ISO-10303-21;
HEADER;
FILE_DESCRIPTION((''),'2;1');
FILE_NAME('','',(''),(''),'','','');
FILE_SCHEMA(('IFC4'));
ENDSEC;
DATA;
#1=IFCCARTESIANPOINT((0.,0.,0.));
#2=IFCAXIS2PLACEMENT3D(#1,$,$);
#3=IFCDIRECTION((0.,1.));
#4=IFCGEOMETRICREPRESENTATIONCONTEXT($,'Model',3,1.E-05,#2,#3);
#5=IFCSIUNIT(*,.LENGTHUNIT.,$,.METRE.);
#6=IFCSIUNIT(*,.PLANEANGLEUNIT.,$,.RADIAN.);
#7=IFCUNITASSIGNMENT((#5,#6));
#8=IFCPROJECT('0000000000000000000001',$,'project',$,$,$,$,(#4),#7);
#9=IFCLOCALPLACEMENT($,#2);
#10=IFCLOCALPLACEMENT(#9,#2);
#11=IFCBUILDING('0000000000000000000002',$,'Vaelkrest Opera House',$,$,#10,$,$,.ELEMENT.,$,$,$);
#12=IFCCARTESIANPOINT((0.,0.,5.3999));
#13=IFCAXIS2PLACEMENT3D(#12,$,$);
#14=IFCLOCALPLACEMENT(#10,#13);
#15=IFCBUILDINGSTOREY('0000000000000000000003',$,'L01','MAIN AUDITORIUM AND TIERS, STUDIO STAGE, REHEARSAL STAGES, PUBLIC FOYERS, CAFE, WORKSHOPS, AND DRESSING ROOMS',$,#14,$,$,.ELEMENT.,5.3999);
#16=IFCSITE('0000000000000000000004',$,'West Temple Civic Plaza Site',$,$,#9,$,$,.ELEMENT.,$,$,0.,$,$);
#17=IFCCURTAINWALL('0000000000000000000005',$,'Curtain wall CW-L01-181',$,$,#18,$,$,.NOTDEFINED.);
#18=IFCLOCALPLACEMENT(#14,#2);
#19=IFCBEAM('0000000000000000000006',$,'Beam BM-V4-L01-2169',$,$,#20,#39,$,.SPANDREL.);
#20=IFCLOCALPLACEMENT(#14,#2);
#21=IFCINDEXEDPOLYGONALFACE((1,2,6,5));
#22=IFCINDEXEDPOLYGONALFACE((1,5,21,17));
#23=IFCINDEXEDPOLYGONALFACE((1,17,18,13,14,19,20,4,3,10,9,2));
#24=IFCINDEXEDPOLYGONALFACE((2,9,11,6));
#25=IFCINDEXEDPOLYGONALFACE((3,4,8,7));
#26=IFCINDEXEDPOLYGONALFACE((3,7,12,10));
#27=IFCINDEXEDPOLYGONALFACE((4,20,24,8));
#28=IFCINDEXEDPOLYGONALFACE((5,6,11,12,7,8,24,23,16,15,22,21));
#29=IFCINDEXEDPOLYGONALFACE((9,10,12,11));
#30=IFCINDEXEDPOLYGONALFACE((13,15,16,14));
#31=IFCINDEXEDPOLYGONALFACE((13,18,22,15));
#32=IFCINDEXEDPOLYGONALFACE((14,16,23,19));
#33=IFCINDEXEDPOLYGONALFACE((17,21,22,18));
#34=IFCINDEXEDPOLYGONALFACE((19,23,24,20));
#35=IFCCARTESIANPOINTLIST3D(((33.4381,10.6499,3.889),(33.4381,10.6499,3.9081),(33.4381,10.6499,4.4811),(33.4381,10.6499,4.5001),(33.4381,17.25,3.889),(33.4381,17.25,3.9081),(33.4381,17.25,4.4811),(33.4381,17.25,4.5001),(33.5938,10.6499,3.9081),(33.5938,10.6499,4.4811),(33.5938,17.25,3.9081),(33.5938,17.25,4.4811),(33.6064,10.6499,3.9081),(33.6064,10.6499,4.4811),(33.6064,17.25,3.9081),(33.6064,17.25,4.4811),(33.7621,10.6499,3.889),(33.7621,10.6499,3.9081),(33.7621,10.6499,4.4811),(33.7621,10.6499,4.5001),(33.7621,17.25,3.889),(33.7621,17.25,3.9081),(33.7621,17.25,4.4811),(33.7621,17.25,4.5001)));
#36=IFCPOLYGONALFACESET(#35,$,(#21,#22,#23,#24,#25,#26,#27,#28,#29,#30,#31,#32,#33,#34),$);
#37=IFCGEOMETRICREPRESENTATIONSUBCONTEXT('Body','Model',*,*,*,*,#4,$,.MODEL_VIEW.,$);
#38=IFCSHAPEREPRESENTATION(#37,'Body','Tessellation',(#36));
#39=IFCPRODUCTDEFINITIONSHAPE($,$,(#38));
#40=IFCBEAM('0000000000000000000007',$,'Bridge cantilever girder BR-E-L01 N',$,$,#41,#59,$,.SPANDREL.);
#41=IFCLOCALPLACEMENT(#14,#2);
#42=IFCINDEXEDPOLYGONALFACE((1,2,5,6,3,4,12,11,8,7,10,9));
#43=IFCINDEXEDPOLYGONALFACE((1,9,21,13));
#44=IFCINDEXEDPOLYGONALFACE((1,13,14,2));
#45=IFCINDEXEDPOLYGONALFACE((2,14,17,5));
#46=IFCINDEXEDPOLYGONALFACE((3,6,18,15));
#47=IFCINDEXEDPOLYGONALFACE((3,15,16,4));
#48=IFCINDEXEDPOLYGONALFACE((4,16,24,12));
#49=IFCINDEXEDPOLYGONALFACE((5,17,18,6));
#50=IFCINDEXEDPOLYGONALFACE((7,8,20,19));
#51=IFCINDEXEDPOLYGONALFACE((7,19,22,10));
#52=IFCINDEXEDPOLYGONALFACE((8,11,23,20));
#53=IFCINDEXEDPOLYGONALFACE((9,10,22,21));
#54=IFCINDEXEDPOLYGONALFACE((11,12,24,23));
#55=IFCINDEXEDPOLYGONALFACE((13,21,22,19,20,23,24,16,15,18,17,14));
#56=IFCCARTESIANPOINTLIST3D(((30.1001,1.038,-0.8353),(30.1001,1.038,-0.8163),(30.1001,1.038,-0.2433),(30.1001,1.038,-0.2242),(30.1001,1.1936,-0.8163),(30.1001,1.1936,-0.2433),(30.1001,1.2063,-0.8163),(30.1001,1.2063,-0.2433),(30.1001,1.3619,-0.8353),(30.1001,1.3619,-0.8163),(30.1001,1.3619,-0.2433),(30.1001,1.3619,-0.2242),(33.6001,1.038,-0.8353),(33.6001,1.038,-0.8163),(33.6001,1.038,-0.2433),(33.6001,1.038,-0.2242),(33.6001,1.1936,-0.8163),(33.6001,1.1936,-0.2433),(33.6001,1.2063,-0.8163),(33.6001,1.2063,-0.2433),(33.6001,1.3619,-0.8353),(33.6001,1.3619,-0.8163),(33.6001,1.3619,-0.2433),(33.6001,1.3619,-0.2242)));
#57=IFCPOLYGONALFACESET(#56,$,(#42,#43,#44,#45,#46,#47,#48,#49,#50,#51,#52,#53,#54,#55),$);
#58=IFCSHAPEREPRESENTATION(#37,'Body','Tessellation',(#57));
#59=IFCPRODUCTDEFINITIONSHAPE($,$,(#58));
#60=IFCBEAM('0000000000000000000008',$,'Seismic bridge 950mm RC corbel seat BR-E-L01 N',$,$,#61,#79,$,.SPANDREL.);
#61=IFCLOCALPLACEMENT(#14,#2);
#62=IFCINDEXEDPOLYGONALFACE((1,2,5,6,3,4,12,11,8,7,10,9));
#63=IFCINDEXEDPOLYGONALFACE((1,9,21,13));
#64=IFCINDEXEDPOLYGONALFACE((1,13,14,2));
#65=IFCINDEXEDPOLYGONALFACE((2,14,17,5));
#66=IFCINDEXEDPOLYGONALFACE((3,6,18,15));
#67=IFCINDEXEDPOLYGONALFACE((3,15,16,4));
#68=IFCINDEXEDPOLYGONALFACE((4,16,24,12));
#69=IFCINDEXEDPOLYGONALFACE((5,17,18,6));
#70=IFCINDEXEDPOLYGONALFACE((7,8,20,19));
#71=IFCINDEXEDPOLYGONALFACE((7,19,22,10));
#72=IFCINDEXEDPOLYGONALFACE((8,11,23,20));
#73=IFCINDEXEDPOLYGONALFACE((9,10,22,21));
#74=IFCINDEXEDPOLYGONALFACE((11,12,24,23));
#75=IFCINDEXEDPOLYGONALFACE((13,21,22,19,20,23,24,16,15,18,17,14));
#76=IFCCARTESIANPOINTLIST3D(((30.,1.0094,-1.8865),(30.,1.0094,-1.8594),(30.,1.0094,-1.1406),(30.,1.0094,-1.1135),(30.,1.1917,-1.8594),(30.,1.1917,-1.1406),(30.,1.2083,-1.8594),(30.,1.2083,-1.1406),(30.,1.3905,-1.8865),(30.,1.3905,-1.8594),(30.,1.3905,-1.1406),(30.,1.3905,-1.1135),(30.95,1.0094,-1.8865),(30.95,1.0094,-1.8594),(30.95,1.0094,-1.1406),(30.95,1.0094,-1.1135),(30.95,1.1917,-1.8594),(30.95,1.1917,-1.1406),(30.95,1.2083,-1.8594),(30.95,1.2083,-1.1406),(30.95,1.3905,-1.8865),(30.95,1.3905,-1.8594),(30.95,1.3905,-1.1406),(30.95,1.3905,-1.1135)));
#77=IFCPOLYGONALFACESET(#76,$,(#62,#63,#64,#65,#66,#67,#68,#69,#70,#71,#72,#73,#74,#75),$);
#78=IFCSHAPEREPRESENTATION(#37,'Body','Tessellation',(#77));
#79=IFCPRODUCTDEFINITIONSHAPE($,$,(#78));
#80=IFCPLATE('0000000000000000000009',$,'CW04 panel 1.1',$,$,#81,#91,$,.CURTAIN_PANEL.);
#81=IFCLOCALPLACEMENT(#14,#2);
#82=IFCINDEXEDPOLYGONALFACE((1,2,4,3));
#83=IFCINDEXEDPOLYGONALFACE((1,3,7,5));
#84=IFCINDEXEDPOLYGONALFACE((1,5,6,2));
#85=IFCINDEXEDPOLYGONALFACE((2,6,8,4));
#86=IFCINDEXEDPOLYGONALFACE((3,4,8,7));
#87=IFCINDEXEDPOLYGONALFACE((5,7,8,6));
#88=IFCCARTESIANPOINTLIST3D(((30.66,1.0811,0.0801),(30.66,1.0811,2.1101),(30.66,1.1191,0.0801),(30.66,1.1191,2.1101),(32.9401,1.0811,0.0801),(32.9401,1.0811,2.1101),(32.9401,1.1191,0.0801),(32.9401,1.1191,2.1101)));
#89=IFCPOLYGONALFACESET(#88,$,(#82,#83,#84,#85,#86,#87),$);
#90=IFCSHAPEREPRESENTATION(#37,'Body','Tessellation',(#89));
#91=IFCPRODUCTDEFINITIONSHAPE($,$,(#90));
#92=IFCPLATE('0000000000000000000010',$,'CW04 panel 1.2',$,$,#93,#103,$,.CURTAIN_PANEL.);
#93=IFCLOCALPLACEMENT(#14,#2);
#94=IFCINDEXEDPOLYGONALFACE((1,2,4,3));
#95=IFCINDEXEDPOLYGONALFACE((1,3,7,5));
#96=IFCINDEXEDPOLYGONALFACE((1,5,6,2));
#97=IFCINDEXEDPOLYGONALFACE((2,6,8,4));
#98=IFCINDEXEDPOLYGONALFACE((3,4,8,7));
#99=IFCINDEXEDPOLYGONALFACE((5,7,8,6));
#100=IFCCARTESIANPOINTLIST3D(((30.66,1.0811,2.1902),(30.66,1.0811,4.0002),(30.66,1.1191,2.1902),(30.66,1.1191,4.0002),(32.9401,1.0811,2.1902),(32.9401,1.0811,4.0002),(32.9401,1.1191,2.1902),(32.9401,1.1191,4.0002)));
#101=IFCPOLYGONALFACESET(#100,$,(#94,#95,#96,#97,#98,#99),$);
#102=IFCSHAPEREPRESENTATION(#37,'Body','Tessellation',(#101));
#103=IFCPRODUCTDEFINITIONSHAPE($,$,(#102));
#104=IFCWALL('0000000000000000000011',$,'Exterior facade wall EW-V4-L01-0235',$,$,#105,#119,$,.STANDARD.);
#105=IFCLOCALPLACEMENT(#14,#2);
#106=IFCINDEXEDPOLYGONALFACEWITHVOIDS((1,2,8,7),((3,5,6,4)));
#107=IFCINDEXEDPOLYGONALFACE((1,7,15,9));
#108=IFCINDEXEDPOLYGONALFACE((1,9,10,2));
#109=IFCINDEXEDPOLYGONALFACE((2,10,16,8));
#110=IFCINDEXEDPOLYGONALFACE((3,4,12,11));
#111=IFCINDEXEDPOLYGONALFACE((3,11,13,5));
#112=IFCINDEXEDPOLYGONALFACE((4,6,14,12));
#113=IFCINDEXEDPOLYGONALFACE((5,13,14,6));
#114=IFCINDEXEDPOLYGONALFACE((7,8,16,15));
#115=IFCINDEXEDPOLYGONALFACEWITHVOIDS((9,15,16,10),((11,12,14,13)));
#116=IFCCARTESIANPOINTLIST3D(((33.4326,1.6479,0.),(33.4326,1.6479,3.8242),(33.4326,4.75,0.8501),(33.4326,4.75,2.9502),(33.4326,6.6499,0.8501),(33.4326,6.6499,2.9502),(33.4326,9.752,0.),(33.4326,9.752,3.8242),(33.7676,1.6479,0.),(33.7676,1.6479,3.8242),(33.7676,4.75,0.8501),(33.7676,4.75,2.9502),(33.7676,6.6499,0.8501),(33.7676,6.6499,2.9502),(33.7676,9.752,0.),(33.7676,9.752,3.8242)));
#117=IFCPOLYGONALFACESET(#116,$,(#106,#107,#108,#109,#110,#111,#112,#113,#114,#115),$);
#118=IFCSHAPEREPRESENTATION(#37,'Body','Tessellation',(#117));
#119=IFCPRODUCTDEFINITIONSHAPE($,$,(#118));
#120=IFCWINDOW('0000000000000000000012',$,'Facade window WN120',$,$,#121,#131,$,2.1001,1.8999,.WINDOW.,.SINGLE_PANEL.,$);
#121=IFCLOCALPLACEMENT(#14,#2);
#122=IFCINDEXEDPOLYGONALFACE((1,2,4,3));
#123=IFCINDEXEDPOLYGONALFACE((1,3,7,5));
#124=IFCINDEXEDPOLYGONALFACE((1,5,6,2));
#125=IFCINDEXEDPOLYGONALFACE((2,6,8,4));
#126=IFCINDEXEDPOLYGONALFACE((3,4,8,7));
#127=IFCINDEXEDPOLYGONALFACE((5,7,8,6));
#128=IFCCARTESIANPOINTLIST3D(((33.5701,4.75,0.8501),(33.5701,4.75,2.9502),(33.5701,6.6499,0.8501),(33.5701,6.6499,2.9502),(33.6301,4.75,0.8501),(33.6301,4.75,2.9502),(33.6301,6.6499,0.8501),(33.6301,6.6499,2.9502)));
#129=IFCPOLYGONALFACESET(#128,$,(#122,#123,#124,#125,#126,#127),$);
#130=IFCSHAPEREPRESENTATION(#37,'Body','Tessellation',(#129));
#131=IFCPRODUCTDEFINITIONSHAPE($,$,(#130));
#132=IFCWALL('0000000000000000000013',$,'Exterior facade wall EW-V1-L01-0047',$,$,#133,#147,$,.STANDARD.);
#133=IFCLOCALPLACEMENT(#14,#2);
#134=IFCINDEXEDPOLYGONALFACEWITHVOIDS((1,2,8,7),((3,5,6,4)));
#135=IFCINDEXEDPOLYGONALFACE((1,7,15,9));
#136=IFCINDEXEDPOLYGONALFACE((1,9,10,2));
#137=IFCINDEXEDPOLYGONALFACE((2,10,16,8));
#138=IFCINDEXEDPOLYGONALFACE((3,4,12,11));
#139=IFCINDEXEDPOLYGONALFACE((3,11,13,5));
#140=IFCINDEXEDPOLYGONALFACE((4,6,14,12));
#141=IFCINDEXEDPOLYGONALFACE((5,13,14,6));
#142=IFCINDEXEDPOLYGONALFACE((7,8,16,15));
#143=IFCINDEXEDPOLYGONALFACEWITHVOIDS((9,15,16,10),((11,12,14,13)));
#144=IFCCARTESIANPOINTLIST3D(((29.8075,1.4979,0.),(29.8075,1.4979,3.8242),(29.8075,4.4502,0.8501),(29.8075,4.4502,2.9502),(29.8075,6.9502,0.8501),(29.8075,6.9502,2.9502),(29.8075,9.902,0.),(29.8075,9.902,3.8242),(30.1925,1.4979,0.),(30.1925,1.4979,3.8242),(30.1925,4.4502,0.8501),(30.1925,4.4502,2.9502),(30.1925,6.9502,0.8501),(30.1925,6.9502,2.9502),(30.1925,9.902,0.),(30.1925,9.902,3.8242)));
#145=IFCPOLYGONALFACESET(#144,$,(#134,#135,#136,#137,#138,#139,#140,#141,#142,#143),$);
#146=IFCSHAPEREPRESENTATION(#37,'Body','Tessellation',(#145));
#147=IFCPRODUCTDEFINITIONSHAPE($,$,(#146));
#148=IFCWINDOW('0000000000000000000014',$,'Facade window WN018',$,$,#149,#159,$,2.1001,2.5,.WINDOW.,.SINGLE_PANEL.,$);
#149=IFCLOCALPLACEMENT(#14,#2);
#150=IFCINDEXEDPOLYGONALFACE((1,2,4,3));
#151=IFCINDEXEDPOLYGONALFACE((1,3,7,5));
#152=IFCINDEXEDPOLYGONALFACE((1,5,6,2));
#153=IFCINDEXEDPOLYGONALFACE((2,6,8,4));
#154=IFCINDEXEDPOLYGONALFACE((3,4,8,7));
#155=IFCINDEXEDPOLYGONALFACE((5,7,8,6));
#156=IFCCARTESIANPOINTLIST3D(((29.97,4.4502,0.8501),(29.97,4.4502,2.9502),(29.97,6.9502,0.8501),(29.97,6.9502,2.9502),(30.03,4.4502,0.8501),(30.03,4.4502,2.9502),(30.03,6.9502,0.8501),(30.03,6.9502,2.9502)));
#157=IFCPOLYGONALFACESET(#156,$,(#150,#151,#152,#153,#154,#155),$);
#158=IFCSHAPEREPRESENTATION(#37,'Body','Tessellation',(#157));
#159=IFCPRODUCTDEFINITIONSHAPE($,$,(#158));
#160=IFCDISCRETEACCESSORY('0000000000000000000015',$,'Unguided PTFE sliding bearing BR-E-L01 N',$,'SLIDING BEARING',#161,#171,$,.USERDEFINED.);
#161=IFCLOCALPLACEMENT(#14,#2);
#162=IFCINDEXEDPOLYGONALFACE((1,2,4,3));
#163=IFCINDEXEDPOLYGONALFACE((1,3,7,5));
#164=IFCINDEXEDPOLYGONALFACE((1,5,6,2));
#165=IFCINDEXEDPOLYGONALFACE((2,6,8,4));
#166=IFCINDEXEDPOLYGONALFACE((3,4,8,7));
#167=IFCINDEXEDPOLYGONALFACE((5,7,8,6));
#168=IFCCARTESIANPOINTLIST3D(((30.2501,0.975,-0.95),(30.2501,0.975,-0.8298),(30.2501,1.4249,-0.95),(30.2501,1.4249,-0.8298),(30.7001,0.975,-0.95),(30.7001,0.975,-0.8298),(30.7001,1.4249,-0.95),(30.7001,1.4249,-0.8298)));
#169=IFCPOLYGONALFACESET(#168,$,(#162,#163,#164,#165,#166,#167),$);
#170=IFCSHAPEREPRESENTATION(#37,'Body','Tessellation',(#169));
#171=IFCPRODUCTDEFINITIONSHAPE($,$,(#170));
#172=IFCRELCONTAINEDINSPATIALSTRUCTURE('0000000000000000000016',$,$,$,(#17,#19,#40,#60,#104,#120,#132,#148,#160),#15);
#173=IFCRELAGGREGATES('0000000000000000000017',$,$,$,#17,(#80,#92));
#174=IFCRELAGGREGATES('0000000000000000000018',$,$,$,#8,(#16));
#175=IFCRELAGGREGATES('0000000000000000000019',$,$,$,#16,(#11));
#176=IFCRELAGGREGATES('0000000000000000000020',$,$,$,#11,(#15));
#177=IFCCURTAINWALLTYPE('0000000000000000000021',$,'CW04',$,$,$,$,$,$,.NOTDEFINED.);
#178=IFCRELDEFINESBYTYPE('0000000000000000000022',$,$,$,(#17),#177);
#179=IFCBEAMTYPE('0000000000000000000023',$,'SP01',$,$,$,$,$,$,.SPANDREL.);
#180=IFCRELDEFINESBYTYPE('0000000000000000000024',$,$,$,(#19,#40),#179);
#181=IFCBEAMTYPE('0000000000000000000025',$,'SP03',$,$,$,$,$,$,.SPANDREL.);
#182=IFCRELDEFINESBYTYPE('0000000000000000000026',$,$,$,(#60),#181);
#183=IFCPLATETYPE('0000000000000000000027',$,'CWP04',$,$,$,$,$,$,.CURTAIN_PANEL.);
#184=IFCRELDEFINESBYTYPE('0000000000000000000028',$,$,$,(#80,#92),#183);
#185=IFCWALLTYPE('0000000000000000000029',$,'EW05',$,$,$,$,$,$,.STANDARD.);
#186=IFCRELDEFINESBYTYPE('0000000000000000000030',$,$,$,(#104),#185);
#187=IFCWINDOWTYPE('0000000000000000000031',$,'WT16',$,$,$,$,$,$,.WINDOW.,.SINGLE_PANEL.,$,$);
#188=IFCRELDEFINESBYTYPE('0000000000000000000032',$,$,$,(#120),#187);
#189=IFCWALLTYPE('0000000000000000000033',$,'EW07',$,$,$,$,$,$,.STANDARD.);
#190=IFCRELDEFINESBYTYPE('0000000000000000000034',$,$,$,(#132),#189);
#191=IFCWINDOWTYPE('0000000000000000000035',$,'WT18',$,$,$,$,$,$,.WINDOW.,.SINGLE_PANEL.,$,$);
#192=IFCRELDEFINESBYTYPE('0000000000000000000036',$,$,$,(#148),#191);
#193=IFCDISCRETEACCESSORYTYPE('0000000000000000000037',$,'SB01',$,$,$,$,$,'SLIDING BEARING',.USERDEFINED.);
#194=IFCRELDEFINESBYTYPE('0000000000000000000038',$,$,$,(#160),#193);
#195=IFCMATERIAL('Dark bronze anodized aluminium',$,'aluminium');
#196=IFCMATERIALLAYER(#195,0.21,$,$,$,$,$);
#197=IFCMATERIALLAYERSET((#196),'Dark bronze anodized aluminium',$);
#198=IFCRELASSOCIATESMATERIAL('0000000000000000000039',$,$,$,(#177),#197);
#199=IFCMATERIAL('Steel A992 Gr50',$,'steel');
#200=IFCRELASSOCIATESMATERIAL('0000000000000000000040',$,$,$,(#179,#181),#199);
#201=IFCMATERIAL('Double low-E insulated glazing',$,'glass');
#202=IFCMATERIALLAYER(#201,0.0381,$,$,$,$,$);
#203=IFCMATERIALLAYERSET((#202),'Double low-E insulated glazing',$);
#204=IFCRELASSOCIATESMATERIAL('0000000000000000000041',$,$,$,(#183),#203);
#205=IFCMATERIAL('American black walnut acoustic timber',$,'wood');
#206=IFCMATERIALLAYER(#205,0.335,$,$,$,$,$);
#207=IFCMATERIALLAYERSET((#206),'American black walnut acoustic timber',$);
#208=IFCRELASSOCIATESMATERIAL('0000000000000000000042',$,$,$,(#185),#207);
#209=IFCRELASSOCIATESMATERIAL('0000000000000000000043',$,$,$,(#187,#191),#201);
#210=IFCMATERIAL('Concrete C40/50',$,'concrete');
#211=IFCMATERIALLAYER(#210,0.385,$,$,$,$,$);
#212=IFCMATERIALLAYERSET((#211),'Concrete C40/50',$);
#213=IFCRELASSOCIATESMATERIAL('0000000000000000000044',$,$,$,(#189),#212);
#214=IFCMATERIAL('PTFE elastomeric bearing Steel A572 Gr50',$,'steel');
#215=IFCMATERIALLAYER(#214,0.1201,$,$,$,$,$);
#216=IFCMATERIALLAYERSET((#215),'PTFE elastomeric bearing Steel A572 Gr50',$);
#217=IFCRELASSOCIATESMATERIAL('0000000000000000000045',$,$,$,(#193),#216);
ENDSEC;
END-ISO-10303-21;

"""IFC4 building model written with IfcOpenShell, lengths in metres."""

from ifc_helpers import new_model, si_unit, direction, frame, frame_2d, origin, origin_2d, place, context, subcontext, project, spatial, rectangle, i_section, extrude, material, layer, layer_set, material_profile, profile_set, type_object, element, fill, aggregate, save


model = new_model("IFC4")

# Units and contexts
model_context = context("Model", 3, precision=1e-05, world=origin(), true_north=direction((0.0, 1.0)))
body_context = subcontext(model_context, "Body", "Model", "MODEL_VIEW")
ifc_project = project(units=[si_unit("LENGTHUNIT", "METRE"), si_unit("PLANEANGLEUNIT", "RADIAN")], contexts=[model_context])

# Site, building, storey
site_placement = place(None, origin())
site = spatial("IfcSite", under=ifc_project, at=site_placement, Name="West Temple Civic Plaza Site", CompositionType="ELEMENT", RefElevation=0.0)
building_placement = place(site_placement, origin())
building = spatial("IfcBuilding", under=site, at=building_placement, Name="Vaelkrest Opera House", CompositionType="ELEMENT")
storey_placement = place(building_placement, frame((0.0, 0.0, 5.3999)))
storey = spatial("IfcBuildingStorey", under=building, at=storey_placement, Name="L01", Description="MAIN AUDITORIUM AND TIERS, STUDIO STAGE, REHEARSAL STAGES, PUBLIC FOYERS, CAFE, WORKSHOPS, AND DRESSING ROOMS", CompositionType="ELEMENT", Elevation=5.3999)

# Shared definitions
ifc_material_1 = material(Name="Steel A992 Gr50", Category="steel")

# Shared definitions
ifc_material_2 = material(Name="Dark bronze anodized aluminium", Category="aluminium")

# Curtain wall
ifc_layer_1 = layer(ifc_material_2, 0.21)
ifc_layer_set_1 = layer_set([ifc_layer_1], Name="Dark bronze anodized aluminium")
curtain_wall_type_1 = type_object("IfcCurtainWallType", Name="CW04", PredefinedType="NOTDEFINED", material=ifc_layer_set_1)
curtain_wall_1_placement = place(storey_placement, origin())
curtain_wall_1 = element("IfcCurtainWall", 1, at=curtain_wall_1_placement, inside=storey, type_object=curtain_wall_type_1, Name="Curtain wall CW-L01-181", PredefinedType="NOTDEFINED")

# Beams
ifc_material_profile_1 = material_profile(ifc_material_1, i_section(OverallWidth=0.324, OverallDepth=0.6111, WebThickness=0.0127, FlangeThickness=0.019, at=origin_2d()), Name="W24X104")
ifc_profile_set_1 = profile_set([ifc_material_profile_1], Name="Steel A992 Gr50")
beam_type_1 = type_object("IfcBeamType", Name="SP01", PredefinedType="SPANDREL", material=ifc_profile_set_1)
beam_1_placement = place(storey_placement, frame((33.6001, 10.6499, 4.1946), z_axis=(0.0, 1.0, 0.0), x_axis=(-1.0, 0.0, 0.0)))
element("IfcBeam", 2, at=beam_1_placement, inside=storey, type_object=beam_type_1, Name="Beam BM-V4-L01-2169", PredefinedType="SPANDREL", context=body_context, shape_type="SweptSolid", body=[
    extrude(i_section(OverallWidth=0.324, OverallDepth=0.6111, WebThickness=0.0127, FlangeThickness=0.019, at=origin_2d()), origin(), (0.0, 0.0, 1.0), 6.6001),
])
beam_2_placement = place(storey_placement, frame((30.1001, 1.2, -0.5298), z_axis=(1.0, 0.0, 0.0), x_axis=(0.0, 1.0, 0.0)))
element("IfcBeam", 3, at=beam_2_placement, inside=storey, type_object=beam_type_1, Name="Bridge cantilever girder BR-E-L01 N", PredefinedType="SPANDREL", context=body_context, shape_type="SweptSolid", body=[
    extrude(i_section(OverallWidth=0.324, OverallDepth=0.6111, WebThickness=0.0127, FlangeThickness=0.019, at=origin_2d()), origin(), (0.0, 0.0, 1.0), 3.5),
])
ifc_material_profile_2 = material_profile(ifc_material_1, i_section(OverallWidth=0.3811, OverallDepth=0.7729, WebThickness=0.0166, FlangeThickness=0.0271, at=origin_2d()), Name="W30X173")
ifc_profile_set_2 = profile_set([ifc_material_profile_2], Name="Steel A992 Gr50")
beam_type_2 = type_object("IfcBeamType", Name="SP03", PredefinedType="SPANDREL", material=ifc_profile_set_2)
beam_3_placement = place(storey_placement, frame((30.0, 1.2, -1.5), z_axis=(1.0, 0.0, 0.0), x_axis=(0.0, 1.0, 0.0)))
element("IfcBeam", 4, at=beam_3_placement, inside=storey, type_object=beam_type_2, Name="Seismic bridge 950mm RC corbel seat BR-E-L01 N", PredefinedType="SPANDREL", context=body_context, shape_type="SweptSolid", body=[
    extrude(i_section(OverallWidth=0.3811, OverallDepth=0.7729, WebThickness=0.0166, FlangeThickness=0.0271, at=origin_2d()), origin(), (0.0, 0.0, 1.0), 0.95),
])

# Plates
ifc_material_3 = material(Name="Double low-E insulated glazing", Category="glass")
ifc_layer_2 = layer(ifc_material_3, 0.0381)
ifc_layer_set_2 = layer_set([ifc_layer_2], Name="Double low-E insulated glazing")
plate_type = type_object("IfcPlateType", Name="CWP04", PredefinedType="CURTAIN_PANEL", material=ifc_layer_set_2)
plate_1_placement = place(storey_placement, frame((31.8, 1.1001, 0.0801), z_axis=(0.0, 0.0, 1.0), x_axis=(1.0, 0.0, 0.0)))
plate_1 = element("IfcPlate", 5, at=plate_1_placement, type_object=plate_type, Name="CW04 panel 1.1", PredefinedType="CURTAIN_PANEL", context=body_context, shape_type="SweptSolid", body=[
    extrude(rectangle(XDim=2.28, YDim=0.0381, at=origin_2d()), origin(), (0.0, 0.0, 1.0), 2.03),
])
plate_2_placement = place(storey_placement, frame((31.8, 1.1001, 2.1902), z_axis=(0.0, 0.0, 1.0), x_axis=(1.0, 0.0, 0.0)))
plate_2 = element("IfcPlate", 6, at=plate_2_placement, type_object=plate_type, Name="CW04 panel 1.2", PredefinedType="CURTAIN_PANEL", context=body_context, shape_type="SweptSolid", body=[
    extrude(rectangle(XDim=2.28, YDim=0.0381, at=origin_2d()), origin(), (0.0, 0.0, 1.0), 1.8101),
])
aggregate(curtain_wall_1, [plate_1, plate_2])

# Walls, openings, windows
ifc_material_4 = material(Name="American black walnut acoustic timber", Category="wood")
ifc_layer_3 = layer(ifc_material_4, 0.335)
ifc_layer_set_3 = layer_set([ifc_layer_3], Name="American black walnut acoustic timber")
wall_type_1 = type_object("IfcWallType", Name="EW05", PredefinedType="STANDARD", material=ifc_layer_set_3)
wall_1_placement = place(storey_placement, frame((33.6001, 1.6479, 0.0), z_axis=(0.0, 0.0, 1.0), x_axis=(0.0, 1.0, 0.0)))
wall_1 = element("IfcWall", 7, at=wall_1_placement, inside=storey, type_object=wall_type_1, Name="Exterior facade wall EW-V4-L01-0235", PredefinedType="STANDARD", context=body_context, shape_type="SweptSolid", body=[
    extrude(rectangle(XDim=8.104, YDim=0.335, at=frame_2d((4.052, 0.0))), origin(), (0.0, 0.0, 1.0), 3.8242),
])
opening_1_placement = place(wall_1_placement, frame((3.1021, 0.0, 0.8501)))
opening_1 = element("IfcOpeningElement", 8, at=opening_1_placement, cuts=wall_1, PredefinedType="OPENING", context=body_context, shape_type="SweptSolid", body=[
    extrude(rectangle(XDim=1.8999, YDim=2.1001, at=frame_2d((0.95, 1.05))), frame((0.0, 0.1775, 0.0), z_axis=(0.0, -1.0, 0.0), x_axis=(1.0, 0.0, 0.0)), (0.0, 0.0, 1.0), 0.355),
])
window_type_1 = type_object("IfcWindowType", Name="WT16", PartitioningType="SINGLE_PANEL", PredefinedType="WINDOW", material=ifc_material_3)
window_1_placement = place(opening_1_placement, origin())
window_1 = element("IfcWindow", 9, at=window_1_placement, inside=storey, type_object=window_type_1, Name="Facade window WN120", OverallHeight=2.1001, OverallWidth=1.8999, PartitioningType="SINGLE_PANEL", PredefinedType="WINDOW", context=body_context, shape_type="SweptSolid", body=[
    extrude(rectangle(XDim=1.8999, YDim=2.1001, at=frame_2d((0.95, 1.05))), frame((0.0, 0.03, 0.0), z_axis=(0.0, -1.0, 0.0), x_axis=(1.0, 0.0, 0.0)), (0.0, 0.0, 1.0), 0.0601),
])
fill(opening_1, window_1)
ifc_material_5 = material(Name="Concrete C40/50", Category="concrete")
ifc_layer_4 = layer(ifc_material_5, 0.385)
ifc_layer_set_4 = layer_set([ifc_layer_4], Name="Concrete C40/50")
wall_type_2 = type_object("IfcWallType", Name="EW07", PredefinedType="STANDARD", material=ifc_layer_set_4)
wall_2_placement = place(storey_placement, frame((30.0, 9.9021, 0.0), z_axis=(0.0, 0.0, 1.0), x_axis=(0.0, -1.0, 0.0)))
wall_2 = element("IfcWall", 10, at=wall_2_placement, inside=storey, type_object=wall_type_2, Name="Exterior facade wall EW-V1-L01-0047", PredefinedType="STANDARD", context=body_context, shape_type="SweptSolid", body=[
    extrude(rectangle(XDim=8.4041, YDim=0.385, at=frame_2d((4.2021, 0.0))), origin(), (0.0, 0.0, 1.0), 3.8242),
])
opening_2_placement = place(wall_2_placement, frame((2.9519, 0.0, 0.8501)))
opening_2 = element("IfcOpeningElement", 11, at=opening_2_placement, cuts=wall_2, PredefinedType="OPENING", context=body_context, shape_type="SweptSolid", body=[
    extrude(rectangle(XDim=2.5, YDim=2.1001, at=frame_2d((1.25, 1.05))), frame((0.0, 0.2024, 0.0), z_axis=(0.0, -1.0, 0.0), x_axis=(1.0, 0.0, 0.0)), (0.0, 0.0, 1.0), 0.405),
])
window_type_2 = type_object("IfcWindowType", Name="WT18", PartitioningType="SINGLE_PANEL", PredefinedType="WINDOW", material=ifc_material_3)
window_2_placement = place(opening_2_placement, origin())
window_2 = element("IfcWindow", 12, at=window_2_placement, inside=storey, type_object=window_type_2, Name="Facade window WN018", OverallHeight=2.1001, OverallWidth=2.5, PartitioningType="SINGLE_PANEL", PredefinedType="WINDOW", context=body_context, shape_type="SweptSolid", body=[
    extrude(rectangle(XDim=2.5, YDim=2.1001, at=frame_2d((1.25, 1.05))), frame((0.0, 0.03, 0.0), z_axis=(0.0, -1.0, 0.0), x_axis=(1.0, 0.0, 0.0)), (0.0, 0.0, 1.0), 0.0601),
])
fill(opening_2, window_2)

# Discrete accessory
ifc_material_6 = material(Name="PTFE elastomeric bearing Steel A572 Gr50", Category="steel")
ifc_layer_5 = layer(ifc_material_6, 0.1201)
ifc_layer_set_5 = layer_set([ifc_layer_5], Name="PTFE elastomeric bearing Steel A572 Gr50")
discrete_accessory_type = type_object("IfcDiscreteAccessoryType", Name="SB01", ElementType="SLIDING BEARING", PredefinedType="USERDEFINED", material=ifc_layer_set_5)
discrete_accessory_placement = place(storey_placement, frame((30.4751, 1.2, -0.95), z_axis=(0.0, 0.0, 1.0), x_axis=(1.0, 0.0, 0.0)))
element("IfcDiscreteAccessory", 13, at=discrete_accessory_placement, inside=storey, type_object=discrete_accessory_type, Name="Unguided PTFE sliding bearing BR-E-L01 N", ObjectType="SLIDING BEARING", PredefinedType="USERDEFINED", context=body_context, shape_type="SweptSolid", body=[
    extrude(rectangle(XDim=0.45, YDim=0.45, at=origin_2d()), origin(), (0.0, 0.0, 1.0), 0.1201),
])

save(model, "model.ifc")
